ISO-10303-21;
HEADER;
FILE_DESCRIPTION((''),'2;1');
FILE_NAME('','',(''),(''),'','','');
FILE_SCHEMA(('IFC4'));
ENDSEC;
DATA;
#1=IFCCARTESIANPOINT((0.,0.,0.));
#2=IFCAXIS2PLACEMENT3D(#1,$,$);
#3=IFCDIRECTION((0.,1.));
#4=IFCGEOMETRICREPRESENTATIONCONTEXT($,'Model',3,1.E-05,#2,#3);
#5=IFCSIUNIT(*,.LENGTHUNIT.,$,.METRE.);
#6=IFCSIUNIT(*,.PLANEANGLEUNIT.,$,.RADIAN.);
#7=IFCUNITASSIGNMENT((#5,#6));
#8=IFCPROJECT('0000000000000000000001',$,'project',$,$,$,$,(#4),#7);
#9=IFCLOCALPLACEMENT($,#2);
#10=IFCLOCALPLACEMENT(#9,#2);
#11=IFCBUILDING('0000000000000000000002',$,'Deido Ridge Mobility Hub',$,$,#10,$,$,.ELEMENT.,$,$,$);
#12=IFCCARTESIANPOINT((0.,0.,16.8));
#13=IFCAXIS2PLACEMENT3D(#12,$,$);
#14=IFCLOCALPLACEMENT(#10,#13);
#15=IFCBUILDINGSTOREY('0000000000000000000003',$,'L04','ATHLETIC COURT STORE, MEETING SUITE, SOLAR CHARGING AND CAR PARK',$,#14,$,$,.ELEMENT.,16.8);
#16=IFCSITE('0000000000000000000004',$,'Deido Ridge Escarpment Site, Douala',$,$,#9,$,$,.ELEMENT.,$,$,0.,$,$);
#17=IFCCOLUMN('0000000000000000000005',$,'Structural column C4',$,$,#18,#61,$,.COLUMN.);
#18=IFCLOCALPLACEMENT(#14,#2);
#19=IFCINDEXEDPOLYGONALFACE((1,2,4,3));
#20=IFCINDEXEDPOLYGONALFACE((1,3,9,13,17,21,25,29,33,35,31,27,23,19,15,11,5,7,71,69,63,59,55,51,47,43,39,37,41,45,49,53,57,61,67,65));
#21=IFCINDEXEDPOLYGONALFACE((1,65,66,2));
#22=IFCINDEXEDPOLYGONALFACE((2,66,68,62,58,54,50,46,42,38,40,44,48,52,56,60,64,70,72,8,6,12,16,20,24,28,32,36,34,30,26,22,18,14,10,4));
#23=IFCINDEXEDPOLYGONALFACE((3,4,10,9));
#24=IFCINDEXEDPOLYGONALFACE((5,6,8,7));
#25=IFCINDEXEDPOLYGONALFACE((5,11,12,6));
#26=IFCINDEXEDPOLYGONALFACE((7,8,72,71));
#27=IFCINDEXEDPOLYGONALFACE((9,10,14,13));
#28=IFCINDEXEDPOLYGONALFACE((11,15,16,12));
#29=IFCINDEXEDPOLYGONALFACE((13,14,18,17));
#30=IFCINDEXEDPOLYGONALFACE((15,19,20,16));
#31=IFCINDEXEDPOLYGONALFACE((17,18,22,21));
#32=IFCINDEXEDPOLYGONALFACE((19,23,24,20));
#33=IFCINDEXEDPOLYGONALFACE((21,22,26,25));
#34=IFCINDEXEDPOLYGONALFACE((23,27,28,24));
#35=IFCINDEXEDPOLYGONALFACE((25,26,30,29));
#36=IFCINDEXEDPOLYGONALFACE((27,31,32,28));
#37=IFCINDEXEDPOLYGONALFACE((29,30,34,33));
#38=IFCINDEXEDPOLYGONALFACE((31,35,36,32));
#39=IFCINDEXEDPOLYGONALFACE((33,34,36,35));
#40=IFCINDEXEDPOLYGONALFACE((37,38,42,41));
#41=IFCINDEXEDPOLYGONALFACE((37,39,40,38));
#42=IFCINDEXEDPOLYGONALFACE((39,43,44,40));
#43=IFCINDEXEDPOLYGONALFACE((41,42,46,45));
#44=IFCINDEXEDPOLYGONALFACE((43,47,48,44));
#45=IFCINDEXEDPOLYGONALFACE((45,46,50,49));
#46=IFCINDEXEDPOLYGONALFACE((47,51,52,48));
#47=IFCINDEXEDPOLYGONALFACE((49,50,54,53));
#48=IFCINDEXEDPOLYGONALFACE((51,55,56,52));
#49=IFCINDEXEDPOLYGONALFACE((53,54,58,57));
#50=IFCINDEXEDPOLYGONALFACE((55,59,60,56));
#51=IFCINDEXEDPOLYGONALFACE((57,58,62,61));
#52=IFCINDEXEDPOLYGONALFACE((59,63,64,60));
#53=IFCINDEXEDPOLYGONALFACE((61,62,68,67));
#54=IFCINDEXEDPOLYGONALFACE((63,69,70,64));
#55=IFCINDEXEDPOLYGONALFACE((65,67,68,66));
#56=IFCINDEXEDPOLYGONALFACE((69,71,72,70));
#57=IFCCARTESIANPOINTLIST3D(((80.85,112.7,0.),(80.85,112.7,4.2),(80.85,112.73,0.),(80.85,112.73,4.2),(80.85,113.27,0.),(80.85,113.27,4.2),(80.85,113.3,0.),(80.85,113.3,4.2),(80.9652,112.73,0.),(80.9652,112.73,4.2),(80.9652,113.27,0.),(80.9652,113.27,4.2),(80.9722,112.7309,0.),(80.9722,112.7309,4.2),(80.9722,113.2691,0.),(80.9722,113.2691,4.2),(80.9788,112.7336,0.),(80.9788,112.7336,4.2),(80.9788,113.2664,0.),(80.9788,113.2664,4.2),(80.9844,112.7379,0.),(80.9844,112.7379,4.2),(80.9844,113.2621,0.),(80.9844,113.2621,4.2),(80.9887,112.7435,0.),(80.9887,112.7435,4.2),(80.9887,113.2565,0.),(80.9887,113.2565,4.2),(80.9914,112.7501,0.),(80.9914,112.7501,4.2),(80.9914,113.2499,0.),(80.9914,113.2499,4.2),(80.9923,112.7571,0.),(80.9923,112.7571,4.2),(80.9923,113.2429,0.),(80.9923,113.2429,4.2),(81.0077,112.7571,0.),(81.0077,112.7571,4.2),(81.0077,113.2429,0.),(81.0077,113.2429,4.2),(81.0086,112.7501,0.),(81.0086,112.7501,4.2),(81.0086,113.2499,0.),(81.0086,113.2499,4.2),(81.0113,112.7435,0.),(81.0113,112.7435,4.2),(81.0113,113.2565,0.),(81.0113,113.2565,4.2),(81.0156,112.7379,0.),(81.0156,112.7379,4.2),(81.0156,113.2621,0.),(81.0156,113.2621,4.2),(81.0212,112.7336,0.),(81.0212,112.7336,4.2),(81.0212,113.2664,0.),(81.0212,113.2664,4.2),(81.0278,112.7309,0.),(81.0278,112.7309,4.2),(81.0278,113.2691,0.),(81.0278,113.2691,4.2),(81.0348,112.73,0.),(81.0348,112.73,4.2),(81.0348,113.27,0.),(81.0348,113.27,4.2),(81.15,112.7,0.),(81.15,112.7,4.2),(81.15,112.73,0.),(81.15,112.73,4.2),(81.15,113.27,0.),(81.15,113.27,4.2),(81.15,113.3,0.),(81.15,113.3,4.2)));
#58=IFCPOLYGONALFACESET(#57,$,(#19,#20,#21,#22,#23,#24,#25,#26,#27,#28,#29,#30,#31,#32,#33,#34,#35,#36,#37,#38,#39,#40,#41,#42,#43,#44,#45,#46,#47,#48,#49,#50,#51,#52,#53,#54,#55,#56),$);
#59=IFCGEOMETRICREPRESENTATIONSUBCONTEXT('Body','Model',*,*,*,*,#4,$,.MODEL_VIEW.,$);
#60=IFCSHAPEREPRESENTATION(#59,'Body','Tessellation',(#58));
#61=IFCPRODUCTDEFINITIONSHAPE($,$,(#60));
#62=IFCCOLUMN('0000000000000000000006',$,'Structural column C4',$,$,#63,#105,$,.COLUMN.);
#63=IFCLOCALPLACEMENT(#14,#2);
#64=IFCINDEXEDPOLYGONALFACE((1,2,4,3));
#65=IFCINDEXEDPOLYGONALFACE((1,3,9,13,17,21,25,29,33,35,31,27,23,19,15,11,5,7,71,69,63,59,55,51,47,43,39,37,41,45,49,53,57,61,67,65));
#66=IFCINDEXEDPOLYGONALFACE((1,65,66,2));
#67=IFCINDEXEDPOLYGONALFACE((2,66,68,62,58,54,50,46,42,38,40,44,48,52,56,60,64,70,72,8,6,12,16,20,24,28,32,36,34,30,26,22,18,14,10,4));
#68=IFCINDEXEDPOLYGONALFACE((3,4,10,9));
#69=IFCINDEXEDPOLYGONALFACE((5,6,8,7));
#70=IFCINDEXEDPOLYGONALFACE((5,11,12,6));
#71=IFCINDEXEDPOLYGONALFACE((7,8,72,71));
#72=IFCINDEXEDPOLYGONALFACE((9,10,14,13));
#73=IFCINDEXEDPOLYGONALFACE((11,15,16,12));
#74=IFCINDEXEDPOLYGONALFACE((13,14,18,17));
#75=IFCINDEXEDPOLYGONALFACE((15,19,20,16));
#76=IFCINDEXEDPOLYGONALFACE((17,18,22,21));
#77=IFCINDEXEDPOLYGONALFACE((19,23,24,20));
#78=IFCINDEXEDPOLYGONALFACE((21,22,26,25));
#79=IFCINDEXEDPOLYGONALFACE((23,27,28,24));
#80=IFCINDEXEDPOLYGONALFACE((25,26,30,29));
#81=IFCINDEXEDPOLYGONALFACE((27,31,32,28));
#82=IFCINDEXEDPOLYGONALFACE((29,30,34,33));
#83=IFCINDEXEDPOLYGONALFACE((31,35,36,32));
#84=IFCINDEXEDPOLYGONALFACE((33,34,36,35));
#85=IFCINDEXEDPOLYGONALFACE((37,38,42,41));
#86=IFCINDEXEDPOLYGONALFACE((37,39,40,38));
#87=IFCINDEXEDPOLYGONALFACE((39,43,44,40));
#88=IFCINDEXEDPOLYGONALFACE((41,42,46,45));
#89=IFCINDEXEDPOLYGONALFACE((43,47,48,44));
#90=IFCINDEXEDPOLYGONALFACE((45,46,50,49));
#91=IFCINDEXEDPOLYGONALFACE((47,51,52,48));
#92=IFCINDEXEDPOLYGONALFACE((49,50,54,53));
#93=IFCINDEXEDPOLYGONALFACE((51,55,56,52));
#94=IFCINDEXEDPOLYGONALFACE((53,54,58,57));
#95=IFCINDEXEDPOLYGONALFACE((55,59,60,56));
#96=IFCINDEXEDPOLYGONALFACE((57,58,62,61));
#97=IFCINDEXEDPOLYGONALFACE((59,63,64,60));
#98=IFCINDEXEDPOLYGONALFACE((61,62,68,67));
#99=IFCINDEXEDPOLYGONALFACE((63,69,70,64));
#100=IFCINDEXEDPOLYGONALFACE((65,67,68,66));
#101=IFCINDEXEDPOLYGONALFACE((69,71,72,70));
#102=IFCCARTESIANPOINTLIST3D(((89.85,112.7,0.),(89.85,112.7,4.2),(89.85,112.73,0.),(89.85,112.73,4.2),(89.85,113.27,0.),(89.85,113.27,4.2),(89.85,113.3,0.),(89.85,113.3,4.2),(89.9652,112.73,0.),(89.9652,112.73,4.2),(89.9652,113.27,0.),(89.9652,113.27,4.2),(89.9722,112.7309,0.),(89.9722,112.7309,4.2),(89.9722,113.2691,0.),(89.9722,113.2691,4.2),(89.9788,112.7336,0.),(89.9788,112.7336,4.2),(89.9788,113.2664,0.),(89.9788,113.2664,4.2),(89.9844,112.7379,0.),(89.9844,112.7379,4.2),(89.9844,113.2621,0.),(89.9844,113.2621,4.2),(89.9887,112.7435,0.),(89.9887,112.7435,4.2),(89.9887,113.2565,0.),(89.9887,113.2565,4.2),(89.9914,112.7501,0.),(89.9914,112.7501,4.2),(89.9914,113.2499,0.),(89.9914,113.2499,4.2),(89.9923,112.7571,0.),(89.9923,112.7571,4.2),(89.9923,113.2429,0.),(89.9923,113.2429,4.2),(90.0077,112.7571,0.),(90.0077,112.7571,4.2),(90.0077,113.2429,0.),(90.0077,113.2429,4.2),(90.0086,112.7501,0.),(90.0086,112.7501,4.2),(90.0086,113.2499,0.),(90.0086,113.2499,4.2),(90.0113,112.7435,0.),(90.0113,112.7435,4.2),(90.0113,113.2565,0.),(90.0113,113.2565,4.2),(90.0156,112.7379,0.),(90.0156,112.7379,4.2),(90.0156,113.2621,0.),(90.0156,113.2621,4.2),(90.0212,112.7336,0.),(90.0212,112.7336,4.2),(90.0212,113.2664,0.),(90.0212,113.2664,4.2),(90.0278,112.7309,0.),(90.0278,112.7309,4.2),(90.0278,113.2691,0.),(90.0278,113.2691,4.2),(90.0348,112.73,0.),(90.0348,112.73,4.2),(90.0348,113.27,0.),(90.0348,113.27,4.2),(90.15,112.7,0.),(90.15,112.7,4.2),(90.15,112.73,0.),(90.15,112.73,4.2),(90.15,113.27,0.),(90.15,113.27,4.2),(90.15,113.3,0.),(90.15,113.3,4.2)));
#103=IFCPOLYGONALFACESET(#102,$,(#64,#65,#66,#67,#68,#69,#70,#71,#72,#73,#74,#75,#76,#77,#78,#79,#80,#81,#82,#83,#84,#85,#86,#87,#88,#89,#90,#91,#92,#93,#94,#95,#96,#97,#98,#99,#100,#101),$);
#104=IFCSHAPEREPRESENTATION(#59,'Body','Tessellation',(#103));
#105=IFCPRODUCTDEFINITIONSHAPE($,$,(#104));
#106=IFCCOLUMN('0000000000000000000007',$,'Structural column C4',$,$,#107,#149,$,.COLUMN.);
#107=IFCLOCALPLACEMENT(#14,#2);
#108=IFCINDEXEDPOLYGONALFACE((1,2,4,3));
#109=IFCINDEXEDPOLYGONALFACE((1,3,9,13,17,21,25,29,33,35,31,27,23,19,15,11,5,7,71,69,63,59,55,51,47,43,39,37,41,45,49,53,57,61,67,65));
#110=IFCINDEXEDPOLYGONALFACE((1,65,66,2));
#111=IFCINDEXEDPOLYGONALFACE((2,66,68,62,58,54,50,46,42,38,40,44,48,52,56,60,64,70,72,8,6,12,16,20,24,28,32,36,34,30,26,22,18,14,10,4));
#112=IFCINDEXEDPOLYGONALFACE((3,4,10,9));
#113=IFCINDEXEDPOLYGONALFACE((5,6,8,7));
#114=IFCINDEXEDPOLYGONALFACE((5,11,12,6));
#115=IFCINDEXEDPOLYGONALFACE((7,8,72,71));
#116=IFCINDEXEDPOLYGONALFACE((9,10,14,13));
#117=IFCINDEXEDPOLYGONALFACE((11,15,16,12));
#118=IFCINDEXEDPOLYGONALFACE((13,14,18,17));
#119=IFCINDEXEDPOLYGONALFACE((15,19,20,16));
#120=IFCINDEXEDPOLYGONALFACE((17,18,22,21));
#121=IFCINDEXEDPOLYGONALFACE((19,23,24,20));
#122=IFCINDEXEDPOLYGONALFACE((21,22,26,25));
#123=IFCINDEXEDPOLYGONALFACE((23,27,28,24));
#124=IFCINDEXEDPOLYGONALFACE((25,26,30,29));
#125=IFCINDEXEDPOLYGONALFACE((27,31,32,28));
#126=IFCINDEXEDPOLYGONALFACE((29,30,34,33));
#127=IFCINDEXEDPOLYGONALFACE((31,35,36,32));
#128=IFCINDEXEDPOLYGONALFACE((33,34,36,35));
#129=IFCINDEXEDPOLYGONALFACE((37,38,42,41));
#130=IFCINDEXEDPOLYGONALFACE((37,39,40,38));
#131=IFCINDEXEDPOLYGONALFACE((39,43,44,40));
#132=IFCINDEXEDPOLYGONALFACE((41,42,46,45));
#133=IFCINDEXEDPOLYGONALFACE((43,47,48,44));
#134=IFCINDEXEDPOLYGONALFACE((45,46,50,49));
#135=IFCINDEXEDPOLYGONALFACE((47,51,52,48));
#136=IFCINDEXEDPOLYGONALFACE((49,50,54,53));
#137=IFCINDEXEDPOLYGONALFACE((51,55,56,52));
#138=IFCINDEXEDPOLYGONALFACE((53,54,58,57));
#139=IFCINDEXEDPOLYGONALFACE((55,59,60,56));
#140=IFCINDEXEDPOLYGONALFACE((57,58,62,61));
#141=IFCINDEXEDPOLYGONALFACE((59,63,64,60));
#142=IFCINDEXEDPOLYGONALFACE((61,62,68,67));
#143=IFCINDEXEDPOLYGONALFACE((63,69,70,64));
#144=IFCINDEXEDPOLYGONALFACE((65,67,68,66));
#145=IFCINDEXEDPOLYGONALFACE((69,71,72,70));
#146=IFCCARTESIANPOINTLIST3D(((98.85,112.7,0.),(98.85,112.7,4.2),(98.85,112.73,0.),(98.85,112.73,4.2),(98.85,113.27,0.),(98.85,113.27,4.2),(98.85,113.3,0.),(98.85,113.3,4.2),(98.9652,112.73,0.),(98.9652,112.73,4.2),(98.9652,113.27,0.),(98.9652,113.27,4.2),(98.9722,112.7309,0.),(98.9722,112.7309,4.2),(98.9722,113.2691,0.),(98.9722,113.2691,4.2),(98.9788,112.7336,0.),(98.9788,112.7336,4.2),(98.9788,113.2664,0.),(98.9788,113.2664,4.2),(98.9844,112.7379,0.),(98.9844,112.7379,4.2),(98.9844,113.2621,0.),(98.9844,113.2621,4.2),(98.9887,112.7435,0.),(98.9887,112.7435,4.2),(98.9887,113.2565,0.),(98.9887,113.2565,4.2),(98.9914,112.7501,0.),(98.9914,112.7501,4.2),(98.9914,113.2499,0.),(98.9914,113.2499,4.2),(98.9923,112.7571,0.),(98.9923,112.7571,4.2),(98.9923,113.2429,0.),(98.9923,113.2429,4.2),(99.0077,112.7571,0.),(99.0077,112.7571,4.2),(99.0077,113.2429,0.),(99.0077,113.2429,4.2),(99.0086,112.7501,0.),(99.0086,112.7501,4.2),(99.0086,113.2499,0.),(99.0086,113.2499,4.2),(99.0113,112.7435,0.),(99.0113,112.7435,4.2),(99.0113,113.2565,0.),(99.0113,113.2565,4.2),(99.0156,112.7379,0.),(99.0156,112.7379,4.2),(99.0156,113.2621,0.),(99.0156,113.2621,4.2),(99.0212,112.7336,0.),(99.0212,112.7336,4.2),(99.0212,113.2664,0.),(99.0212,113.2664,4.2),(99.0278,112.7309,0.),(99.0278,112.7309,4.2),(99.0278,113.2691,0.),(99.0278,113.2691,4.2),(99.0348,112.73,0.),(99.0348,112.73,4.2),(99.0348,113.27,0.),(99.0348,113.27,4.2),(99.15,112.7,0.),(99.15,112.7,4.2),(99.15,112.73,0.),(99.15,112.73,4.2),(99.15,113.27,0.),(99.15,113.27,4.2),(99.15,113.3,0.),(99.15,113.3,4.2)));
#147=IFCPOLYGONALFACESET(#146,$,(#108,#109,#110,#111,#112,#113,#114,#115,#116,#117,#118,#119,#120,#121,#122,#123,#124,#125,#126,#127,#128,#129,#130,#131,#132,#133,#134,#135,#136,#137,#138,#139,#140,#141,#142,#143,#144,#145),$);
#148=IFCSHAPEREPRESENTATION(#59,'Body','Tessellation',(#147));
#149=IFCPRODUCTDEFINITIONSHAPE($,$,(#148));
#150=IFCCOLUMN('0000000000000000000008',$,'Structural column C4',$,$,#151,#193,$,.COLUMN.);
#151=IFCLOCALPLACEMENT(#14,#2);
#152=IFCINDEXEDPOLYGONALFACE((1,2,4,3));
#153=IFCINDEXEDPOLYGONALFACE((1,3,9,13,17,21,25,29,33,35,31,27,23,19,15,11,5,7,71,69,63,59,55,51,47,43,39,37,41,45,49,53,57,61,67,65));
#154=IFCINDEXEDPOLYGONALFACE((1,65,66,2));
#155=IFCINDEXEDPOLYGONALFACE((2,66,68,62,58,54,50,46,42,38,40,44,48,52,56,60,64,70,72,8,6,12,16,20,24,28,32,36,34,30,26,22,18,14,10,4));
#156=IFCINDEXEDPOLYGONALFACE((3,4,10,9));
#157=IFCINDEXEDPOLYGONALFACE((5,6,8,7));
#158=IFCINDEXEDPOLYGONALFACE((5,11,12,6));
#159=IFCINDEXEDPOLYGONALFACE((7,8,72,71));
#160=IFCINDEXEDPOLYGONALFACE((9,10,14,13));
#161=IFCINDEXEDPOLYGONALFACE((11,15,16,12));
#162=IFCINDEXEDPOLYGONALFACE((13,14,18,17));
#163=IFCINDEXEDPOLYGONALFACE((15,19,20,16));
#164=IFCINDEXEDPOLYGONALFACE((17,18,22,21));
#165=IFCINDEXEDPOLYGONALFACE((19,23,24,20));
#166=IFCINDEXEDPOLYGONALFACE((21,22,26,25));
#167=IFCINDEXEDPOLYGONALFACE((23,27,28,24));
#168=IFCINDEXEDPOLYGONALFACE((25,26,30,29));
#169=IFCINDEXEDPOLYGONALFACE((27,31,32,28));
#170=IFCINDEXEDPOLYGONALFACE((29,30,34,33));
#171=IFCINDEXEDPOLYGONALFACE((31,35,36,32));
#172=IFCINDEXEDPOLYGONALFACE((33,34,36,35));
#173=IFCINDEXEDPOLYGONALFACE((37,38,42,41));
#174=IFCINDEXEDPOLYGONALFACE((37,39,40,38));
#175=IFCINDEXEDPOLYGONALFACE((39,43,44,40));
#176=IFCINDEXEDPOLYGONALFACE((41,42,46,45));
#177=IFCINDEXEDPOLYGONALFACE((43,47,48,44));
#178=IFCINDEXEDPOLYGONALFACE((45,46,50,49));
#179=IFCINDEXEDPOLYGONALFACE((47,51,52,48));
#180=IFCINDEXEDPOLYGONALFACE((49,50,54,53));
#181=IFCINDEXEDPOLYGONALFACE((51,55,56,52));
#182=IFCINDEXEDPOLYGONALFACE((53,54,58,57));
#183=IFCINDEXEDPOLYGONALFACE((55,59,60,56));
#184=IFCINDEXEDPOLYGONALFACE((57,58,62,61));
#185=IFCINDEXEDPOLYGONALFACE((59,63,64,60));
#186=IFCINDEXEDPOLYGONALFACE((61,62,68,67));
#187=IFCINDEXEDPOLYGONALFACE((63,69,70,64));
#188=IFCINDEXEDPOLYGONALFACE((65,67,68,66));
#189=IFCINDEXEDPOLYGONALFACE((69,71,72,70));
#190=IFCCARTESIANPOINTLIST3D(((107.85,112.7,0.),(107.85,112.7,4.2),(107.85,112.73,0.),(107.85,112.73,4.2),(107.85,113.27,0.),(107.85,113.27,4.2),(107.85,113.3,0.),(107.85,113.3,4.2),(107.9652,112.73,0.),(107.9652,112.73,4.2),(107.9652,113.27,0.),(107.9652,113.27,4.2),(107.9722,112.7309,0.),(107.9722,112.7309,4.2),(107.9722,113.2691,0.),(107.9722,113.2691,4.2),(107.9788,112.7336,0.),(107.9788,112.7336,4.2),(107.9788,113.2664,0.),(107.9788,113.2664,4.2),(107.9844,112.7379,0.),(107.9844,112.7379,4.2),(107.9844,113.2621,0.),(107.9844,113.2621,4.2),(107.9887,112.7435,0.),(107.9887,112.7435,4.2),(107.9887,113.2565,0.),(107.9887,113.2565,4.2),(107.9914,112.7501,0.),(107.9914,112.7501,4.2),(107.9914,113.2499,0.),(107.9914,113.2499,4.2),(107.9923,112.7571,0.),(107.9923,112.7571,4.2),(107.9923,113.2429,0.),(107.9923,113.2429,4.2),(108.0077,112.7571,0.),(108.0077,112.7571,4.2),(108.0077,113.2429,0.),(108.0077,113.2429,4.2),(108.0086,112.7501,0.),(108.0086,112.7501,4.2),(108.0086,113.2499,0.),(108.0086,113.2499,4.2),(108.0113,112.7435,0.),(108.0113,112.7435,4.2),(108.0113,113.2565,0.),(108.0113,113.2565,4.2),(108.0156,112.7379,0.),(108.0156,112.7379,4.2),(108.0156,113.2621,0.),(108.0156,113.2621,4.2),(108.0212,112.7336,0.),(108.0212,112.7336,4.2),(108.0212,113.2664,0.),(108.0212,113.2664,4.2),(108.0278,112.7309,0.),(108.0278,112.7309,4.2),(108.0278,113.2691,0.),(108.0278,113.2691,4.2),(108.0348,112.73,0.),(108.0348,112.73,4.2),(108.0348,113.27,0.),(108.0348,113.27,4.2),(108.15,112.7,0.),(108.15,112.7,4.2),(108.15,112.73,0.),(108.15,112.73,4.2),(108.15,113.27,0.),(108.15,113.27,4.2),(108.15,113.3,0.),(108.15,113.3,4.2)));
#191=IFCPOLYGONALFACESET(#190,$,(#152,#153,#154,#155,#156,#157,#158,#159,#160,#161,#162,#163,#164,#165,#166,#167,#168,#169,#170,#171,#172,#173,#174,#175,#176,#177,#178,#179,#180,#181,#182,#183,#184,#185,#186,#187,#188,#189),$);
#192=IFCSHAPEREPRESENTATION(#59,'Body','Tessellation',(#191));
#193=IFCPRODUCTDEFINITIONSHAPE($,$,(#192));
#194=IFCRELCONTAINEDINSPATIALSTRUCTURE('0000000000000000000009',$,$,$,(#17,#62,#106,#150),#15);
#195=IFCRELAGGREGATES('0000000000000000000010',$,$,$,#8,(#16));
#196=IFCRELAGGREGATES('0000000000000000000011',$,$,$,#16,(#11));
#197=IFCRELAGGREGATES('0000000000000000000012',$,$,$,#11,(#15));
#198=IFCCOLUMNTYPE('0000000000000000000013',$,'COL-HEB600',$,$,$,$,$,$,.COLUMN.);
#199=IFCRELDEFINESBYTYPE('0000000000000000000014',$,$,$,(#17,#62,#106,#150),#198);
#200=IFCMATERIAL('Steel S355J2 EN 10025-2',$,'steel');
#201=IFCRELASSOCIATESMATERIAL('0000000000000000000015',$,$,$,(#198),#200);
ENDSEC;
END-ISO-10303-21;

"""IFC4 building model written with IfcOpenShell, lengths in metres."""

from ifc_helpers import new_model, si_unit, direction, frame, origin, origin_2d, place, context, subcontext, project, spatial, i_section, extrude, material, material_profile, profile_set, type_object, element, save


model = new_model("IFC4")

# Units and contexts
model_context = context("Model", 3, precision=1e-05, world=origin(), true_north=direction((0.0, 1.0)))
body_context = subcontext(model_context, "Body", "Model", "MODEL_VIEW")
ifc_project = project(units=[si_unit("LENGTHUNIT", "METRE"), si_unit("PLANEANGLEUNIT", "RADIAN")], contexts=[model_context])

# Site, building, storey
site_placement = place(None, origin())
site = spatial("IfcSite", under=ifc_project, at=site_placement, Name="Deido Ridge Escarpment Site, Douala", CompositionType="ELEMENT", RefElevation=0.0)
building_placement = place(site_placement, origin())
building = spatial("IfcBuilding", under=site, at=building_placement, Name="Deido Ridge Mobility Hub", CompositionType="ELEMENT")
storey_placement = place(building_placement, frame((0.0, 0.0, 16.8)))
storey = spatial("IfcBuildingStorey", under=building, at=storey_placement, Name="L04", Description="ATHLETIC COURT STORE, MEETING SUITE, SOLAR CHARGING AND CAR PARK", CompositionType="ELEMENT", Elevation=16.8)

# Columns
ifc_material_1 = material(Name="Steel S355J2 EN 10025-2", Category="steel")
ifc_material_profile_1 = material_profile(ifc_material_1, i_section(OverallWidth=0.3, OverallDepth=0.6001, WebThickness=0.0154, FlangeThickness=0.03, FilletRadius=0.0271, at=origin_2d()), Name="HEB 600")
ifc_profile_set_1 = profile_set([ifc_material_profile_1], Name="Steel S355J2 EN 10025-2")
column_type = type_object("IfcColumnType", Name="COL-HEB600", PredefinedType="COLUMN", material=ifc_profile_set_1)
for number, where, z_axis, x_axis, name in (
    (1, (81.0, 113.0, 0.0), (0.0, 0.0, 1.0), (1.0, 0.0, 0.0), "Structural column C4"),
    (2, (90.0, 113.0, 0.0), (0.0, 0.0, 1.0), (1.0, 0.0, 0.0), "Structural column C4"),
    (3, (99.0, 113.0, 0.0), (0.0, 0.0, 1.0), (1.0, 0.0, 0.0), "Structural column C4"),
    (4, (108.0, 113.0, 0.0), (0.0, 0.0, 1.0), (1.0, 0.0, 0.0), "Structural column C4"),
):
    element("IfcColumn", number, at=place(storey_placement, frame(where, z_axis=z_axis, x_axis=x_axis)), inside=storey, type_object=column_type, Name=name, PredefinedType="COLUMN", context=body_context, shape_type="SweptSolid", body=[
        extrude(i_section(OverallWidth=0.3, OverallDepth=0.6001, WebThickness=0.0154, FlangeThickness=0.03, FilletRadius=0.0271, at=origin_2d()), origin(), (0.0, 0.0, 1.0), 4.2),
    ])

save(model, "model.ifc")
